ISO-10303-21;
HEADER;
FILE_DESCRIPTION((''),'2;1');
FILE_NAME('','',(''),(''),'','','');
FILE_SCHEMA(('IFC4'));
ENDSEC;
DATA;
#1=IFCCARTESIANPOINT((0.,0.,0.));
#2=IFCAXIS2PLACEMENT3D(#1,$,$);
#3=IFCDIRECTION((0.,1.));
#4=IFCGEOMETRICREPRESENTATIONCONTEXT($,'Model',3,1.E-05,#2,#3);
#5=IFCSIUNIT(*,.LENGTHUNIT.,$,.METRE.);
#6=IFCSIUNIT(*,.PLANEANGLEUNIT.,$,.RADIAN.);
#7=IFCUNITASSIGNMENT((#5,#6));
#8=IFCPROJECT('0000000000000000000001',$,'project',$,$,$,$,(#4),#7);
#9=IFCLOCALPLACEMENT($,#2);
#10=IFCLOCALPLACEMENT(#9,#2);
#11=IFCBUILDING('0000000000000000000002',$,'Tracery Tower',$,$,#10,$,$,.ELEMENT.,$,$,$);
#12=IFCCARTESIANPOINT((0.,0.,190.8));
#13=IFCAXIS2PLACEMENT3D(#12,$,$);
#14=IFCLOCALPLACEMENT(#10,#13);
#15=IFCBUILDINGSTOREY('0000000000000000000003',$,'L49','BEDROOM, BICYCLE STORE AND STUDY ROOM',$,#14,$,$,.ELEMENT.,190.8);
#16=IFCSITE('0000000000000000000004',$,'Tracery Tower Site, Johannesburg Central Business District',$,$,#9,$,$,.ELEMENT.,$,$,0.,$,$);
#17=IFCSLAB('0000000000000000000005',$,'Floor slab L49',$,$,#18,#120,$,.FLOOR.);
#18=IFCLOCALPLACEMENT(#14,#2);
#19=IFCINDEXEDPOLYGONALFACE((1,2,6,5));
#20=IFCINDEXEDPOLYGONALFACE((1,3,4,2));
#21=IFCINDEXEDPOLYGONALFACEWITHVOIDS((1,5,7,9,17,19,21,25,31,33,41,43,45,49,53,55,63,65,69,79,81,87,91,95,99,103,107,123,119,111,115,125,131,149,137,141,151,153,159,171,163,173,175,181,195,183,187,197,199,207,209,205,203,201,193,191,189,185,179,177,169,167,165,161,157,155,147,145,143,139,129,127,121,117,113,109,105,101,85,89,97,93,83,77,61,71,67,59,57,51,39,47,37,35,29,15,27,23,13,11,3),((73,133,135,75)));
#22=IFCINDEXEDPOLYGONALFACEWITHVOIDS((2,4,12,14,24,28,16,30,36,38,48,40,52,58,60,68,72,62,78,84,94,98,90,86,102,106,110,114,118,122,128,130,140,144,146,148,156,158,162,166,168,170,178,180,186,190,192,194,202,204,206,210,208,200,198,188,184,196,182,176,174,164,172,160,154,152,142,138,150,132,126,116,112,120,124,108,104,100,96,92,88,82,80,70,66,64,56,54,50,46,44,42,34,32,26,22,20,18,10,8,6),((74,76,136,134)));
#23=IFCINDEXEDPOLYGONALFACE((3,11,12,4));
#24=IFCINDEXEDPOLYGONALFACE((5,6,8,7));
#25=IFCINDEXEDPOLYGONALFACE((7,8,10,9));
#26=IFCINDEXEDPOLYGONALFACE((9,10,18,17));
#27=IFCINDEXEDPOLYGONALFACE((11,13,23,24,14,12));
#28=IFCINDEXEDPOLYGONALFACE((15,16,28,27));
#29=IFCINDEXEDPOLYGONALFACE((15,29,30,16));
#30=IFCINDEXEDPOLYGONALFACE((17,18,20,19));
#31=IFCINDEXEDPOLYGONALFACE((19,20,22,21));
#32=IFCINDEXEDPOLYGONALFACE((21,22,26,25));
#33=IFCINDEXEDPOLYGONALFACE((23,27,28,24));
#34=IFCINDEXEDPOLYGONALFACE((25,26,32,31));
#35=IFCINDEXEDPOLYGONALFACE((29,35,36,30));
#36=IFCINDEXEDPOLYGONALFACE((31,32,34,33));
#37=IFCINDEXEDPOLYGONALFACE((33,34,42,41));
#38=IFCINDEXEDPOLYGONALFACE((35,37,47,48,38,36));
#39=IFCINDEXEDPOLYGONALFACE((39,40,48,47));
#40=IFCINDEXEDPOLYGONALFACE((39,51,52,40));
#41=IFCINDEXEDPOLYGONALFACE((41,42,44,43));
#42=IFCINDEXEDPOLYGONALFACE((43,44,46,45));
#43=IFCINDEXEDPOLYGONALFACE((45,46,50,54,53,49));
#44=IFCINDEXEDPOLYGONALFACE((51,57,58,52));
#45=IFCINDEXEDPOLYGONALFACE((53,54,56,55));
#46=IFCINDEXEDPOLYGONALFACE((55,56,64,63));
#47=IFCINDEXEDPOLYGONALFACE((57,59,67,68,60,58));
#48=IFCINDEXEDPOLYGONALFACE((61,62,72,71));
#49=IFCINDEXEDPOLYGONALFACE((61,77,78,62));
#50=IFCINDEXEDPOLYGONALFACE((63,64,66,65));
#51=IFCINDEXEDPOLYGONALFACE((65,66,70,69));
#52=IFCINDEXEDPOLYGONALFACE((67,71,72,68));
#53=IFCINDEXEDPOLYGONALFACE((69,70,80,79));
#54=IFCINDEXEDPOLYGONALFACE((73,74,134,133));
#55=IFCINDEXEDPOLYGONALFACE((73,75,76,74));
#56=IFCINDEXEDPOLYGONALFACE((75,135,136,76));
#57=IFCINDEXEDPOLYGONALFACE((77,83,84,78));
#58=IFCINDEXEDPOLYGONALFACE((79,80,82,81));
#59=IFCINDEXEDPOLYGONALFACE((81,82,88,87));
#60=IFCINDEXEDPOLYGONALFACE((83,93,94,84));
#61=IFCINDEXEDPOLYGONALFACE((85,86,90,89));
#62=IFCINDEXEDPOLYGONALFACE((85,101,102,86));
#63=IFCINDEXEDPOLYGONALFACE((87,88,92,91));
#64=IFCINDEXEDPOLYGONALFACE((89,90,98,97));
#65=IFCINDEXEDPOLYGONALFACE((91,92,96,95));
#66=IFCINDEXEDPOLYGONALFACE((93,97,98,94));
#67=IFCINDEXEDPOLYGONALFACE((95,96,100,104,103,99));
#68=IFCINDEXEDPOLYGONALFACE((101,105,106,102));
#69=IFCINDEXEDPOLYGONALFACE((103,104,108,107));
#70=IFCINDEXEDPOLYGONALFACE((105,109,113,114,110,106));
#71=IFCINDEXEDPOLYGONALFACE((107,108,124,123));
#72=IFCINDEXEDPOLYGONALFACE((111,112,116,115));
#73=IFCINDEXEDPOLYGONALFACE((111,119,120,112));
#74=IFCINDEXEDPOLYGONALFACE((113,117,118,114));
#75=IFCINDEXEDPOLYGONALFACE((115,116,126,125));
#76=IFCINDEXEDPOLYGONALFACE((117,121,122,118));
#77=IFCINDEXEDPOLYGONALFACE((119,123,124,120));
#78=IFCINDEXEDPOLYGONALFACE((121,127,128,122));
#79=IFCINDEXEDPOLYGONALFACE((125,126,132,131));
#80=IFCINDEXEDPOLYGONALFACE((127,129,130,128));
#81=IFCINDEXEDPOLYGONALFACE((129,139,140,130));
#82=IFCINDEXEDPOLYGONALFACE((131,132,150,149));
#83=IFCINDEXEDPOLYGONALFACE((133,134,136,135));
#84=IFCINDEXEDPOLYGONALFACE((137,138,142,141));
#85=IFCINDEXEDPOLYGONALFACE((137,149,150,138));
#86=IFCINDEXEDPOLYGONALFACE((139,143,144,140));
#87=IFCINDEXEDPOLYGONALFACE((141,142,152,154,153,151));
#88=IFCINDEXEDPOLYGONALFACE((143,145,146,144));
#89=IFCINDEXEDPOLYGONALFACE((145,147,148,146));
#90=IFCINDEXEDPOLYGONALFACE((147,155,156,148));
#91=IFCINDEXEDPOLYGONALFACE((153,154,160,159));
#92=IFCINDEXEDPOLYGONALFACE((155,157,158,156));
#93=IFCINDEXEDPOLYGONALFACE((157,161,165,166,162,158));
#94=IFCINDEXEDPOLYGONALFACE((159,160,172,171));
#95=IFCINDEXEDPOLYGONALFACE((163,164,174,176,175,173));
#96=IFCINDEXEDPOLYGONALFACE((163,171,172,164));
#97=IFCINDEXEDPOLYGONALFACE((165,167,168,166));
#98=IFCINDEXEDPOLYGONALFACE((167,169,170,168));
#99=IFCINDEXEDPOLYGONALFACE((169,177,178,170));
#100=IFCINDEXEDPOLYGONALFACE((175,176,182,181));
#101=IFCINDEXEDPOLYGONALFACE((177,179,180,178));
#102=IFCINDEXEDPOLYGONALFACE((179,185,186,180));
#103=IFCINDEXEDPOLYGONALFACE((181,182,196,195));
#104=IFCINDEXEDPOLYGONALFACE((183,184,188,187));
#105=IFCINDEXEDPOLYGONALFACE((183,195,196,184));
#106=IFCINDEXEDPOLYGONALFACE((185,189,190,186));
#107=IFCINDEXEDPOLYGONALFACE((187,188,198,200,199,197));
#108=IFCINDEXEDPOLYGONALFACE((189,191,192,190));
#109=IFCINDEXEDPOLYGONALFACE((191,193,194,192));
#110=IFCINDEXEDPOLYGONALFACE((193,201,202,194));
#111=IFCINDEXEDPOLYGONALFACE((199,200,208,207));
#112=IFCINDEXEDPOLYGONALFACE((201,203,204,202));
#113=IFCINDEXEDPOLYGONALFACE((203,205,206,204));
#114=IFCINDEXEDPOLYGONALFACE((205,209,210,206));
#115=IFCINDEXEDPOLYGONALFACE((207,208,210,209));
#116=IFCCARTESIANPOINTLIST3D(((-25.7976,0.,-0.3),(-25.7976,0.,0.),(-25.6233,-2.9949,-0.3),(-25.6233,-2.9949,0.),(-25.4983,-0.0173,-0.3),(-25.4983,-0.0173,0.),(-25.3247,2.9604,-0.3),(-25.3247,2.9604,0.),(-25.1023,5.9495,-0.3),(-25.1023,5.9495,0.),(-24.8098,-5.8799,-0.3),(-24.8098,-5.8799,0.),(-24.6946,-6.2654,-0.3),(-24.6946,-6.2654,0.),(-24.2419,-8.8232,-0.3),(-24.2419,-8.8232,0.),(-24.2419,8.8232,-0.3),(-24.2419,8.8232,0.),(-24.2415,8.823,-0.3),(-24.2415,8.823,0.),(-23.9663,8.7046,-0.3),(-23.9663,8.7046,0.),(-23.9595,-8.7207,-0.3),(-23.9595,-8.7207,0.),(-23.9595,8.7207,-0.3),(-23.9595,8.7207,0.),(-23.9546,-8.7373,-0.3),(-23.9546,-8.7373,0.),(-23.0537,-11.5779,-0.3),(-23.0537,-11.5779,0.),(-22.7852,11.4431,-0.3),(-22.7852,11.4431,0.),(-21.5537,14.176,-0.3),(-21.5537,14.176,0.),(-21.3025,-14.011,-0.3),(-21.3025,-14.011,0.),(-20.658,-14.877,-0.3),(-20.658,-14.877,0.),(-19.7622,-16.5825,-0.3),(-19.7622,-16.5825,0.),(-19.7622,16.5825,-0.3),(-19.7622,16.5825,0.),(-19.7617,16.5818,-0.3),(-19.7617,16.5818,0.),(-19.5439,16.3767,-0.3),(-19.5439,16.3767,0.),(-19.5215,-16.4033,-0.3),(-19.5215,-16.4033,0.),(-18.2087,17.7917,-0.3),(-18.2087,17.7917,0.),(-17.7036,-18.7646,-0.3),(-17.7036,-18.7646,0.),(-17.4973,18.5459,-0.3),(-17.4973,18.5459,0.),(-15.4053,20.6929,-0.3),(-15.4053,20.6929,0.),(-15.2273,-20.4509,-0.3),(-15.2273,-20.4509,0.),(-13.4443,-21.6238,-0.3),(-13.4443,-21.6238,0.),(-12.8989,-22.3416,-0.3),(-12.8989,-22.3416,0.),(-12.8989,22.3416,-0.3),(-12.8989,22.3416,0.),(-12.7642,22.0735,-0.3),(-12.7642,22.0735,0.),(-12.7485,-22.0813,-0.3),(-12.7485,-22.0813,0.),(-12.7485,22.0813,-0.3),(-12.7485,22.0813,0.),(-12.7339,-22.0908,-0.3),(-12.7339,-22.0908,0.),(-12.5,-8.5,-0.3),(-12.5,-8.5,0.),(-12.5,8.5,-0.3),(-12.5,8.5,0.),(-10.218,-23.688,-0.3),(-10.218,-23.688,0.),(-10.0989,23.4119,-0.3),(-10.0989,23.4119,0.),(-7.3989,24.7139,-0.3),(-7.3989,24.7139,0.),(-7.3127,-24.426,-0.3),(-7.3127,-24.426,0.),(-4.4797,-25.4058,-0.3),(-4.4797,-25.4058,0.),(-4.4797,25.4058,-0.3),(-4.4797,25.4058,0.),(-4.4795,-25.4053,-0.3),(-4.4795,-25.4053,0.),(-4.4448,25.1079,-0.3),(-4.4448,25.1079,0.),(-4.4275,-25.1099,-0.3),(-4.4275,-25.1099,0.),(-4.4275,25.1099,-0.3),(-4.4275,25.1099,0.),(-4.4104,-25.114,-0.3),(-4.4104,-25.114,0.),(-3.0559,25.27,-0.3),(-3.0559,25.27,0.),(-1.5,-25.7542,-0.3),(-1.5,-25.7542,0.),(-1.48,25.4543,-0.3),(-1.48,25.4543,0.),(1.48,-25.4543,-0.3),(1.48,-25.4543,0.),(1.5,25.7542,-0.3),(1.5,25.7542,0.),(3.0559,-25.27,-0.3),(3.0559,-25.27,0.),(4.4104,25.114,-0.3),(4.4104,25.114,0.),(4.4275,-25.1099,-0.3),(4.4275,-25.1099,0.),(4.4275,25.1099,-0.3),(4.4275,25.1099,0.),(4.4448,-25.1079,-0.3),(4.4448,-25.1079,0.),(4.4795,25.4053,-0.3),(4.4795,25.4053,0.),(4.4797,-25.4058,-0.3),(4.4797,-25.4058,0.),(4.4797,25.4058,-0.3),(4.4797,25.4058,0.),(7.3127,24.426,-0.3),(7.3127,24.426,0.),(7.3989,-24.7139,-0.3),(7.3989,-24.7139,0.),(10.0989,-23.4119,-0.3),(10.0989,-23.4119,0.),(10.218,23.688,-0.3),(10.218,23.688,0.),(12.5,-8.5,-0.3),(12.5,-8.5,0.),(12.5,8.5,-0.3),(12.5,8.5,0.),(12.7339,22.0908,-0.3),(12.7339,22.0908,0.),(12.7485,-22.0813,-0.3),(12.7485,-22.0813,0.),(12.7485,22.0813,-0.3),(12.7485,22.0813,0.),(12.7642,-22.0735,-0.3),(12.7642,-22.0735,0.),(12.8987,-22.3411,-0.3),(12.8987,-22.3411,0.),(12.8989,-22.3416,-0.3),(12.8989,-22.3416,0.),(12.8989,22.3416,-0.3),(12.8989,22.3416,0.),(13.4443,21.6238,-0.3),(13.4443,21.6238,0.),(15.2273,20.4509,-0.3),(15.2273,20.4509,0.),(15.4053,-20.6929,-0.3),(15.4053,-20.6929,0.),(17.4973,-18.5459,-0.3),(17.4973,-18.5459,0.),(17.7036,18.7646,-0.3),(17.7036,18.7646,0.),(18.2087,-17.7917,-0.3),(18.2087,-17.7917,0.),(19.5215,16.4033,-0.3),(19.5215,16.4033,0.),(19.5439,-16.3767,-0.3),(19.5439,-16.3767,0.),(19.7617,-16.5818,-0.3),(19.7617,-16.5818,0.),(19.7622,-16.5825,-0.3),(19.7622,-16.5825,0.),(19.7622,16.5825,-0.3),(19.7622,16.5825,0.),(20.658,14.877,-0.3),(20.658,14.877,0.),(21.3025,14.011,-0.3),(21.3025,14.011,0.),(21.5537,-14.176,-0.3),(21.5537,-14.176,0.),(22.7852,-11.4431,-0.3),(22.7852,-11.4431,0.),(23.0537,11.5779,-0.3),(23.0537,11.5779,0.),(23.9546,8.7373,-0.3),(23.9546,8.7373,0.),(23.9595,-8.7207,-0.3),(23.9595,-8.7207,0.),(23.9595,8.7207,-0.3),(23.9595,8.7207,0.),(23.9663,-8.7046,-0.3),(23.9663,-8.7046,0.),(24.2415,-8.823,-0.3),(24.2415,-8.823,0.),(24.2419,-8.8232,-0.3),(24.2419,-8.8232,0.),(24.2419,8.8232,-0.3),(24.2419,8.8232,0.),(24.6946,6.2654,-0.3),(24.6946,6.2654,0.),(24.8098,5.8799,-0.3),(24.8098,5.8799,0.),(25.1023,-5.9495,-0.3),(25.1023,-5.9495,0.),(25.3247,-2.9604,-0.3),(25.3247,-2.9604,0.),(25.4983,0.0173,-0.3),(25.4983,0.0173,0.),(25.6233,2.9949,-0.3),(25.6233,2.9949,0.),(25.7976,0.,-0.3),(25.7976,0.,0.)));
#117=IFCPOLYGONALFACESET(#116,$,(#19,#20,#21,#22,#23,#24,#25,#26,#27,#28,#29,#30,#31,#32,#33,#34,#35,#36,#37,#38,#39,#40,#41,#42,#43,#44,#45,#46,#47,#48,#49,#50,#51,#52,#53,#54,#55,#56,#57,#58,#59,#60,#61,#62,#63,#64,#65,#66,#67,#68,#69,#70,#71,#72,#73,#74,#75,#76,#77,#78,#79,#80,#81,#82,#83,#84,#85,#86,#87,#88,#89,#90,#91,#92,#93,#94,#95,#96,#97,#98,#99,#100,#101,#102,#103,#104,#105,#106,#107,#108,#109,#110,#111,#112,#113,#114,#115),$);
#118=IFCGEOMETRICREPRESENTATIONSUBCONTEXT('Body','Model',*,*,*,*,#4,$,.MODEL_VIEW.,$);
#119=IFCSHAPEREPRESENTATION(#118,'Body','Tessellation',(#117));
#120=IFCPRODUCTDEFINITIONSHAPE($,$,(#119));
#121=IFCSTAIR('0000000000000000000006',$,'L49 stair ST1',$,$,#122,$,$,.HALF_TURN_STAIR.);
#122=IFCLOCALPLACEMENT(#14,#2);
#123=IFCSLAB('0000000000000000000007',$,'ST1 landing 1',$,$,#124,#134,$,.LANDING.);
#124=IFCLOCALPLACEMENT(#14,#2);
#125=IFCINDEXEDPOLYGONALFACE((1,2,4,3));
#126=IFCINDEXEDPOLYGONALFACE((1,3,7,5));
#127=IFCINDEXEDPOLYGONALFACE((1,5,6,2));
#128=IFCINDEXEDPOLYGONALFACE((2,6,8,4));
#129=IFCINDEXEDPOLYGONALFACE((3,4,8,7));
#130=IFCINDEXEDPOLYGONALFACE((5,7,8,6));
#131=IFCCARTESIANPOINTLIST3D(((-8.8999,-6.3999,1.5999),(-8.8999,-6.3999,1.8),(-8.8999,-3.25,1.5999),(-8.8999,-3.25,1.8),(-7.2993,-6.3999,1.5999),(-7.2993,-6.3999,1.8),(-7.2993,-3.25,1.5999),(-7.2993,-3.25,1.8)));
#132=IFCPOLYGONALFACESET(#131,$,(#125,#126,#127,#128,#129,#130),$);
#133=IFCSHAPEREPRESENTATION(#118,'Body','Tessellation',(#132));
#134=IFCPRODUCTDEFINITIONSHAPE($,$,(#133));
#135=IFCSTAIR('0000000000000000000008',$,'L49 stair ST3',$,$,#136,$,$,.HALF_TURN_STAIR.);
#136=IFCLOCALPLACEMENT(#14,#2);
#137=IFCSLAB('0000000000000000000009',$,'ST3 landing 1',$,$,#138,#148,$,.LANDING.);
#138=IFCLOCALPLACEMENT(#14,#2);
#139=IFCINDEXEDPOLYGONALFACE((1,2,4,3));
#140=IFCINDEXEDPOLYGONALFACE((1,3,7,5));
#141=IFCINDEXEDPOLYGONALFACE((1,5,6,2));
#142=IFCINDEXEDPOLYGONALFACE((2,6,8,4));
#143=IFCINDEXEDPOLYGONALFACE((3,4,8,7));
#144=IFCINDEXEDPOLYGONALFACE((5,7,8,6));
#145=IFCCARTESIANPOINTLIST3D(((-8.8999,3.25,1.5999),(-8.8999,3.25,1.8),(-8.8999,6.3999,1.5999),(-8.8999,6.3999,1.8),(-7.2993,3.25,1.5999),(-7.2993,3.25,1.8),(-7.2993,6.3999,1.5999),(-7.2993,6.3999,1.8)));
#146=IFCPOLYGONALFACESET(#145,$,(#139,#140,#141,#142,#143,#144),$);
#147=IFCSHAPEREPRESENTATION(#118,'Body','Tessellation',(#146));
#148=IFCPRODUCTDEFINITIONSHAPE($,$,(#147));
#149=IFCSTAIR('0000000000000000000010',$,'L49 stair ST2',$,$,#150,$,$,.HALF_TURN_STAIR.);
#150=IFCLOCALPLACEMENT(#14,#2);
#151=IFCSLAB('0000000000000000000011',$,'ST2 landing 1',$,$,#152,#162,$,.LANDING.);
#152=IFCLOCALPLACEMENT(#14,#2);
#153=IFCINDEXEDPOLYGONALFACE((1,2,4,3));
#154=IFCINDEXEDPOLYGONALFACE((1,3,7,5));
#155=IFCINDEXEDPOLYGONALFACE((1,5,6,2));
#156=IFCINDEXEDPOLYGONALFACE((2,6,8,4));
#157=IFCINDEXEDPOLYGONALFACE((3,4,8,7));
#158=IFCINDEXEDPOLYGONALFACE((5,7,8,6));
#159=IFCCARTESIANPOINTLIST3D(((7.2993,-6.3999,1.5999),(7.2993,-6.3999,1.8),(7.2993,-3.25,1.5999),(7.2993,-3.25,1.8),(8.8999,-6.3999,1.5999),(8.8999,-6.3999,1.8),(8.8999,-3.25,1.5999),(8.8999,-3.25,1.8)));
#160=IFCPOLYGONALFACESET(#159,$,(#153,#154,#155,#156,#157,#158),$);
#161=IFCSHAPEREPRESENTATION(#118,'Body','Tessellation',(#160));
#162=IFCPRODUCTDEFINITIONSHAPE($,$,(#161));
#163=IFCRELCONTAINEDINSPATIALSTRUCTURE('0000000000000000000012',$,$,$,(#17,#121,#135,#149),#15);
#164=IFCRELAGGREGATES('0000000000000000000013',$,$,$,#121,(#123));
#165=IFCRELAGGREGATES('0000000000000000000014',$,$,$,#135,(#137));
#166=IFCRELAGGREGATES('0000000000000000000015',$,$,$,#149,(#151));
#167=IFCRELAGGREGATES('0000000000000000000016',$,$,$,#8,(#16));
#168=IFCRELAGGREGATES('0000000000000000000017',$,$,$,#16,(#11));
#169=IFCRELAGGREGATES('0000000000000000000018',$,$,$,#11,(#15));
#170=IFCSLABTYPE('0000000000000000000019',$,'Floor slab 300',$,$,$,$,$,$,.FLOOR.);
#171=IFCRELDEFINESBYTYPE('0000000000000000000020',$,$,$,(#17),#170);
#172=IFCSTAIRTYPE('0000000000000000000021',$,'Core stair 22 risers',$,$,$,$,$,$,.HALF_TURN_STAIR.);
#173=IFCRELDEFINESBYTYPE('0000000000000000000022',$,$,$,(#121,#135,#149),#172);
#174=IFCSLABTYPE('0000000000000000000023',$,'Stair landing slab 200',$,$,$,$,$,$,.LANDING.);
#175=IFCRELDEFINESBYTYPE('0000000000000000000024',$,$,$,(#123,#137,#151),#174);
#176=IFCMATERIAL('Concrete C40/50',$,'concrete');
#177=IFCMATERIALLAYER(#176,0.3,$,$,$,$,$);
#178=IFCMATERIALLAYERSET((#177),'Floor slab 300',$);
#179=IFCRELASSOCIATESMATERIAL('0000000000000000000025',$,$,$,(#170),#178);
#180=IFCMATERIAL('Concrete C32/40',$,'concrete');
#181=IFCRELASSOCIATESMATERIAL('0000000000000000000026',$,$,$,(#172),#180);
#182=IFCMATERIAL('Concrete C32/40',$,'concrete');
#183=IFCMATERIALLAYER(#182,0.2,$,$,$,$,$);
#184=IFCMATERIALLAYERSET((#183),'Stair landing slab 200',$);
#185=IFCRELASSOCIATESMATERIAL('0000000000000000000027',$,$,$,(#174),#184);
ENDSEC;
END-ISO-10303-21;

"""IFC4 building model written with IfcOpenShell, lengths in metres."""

from ifc_helpers import new_model, si_unit, direction, frame, origin, place, context, subcontext, project, spatial, polyline, outline, extrude, material, layer, layer_set, type_object, element, aggregate, save


model = new_model("IFC4")

# Units and contexts
model_context = context("Model", 3, precision=1e-05, world=origin(), true_north=direction((0.0, 1.0)))
body_context = subcontext(model_context, "Body", "Model", "MODEL_VIEW")
ifc_project = project(units=[si_unit("LENGTHUNIT", "METRE"), si_unit("PLANEANGLEUNIT", "RADIAN")], contexts=[model_context])

# Site, building, storey
site_placement = place(None, origin())
site = spatial("IfcSite", under=ifc_project, at=site_placement, Name="Tracery Tower Site, Johannesburg Central Business District", CompositionType="ELEMENT", RefElevation=0.0)
building_placement = place(site_placement, origin())
building = spatial("IfcBuilding", under=site, at=building_placement, Name="Tracery Tower", CompositionType="ELEMENT")
storey_placement = place(building_placement, frame((0.0, 0.0, 190.8)))
storey = spatial("IfcBuildingStorey", under=building, at=storey_placement, Name="L49", Description="BEDROOM, BICYCLE STORE AND STUDY ROOM", CompositionType="ELEMENT", Elevation=190.8)

# Slab
ifc_material_1 = material(Name="Concrete C40/50", Category="concrete")
ifc_layer_1 = layer(ifc_material_1, 0.3)
ifc_layer_set_1 = layer_set([ifc_layer_1], Name="Floor slab 300")
slab_type_1 = type_object("IfcSlabType", Name="Floor slab 300", PredefinedType="FLOOR", material=ifc_layer_set_1)
slab_1_placement = place(storey_placement, frame((0.0, 0.0, -0.3)))
element("IfcSlab", 1, at=slab_1_placement, inside=storey, type_object=slab_type_1, Name="Floor slab L49", PredefinedType="FLOOR", context=body_context, shape_type="SweptSolid", body=[
    extrude(outline(polyline([(24.8098, 5.8799), (24.6946, 6.2654), (23.9595, 8.7207), (23.9595, 8.7207), (23.9546, 8.7373), (24.2419, 8.8232), (23.0537, 11.5779), (21.3025, 14.011), (20.658, 14.877), (19.5215, 16.4033), (19.7622, 16.5825), (17.7036, 18.7646), (15.2273, 20.4509), (13.4443, 21.6238), (12.7485, 22.0813), (12.7485, 22.0813), (12.7339, 22.0908), (12.8989, 22.3416), (10.218, 23.688), (7.3127, 24.426), (4.4275, 25.1099), (4.4275, 25.1099), (4.4104, 25.114), (4.4795, 25.4053), (4.4797, 25.4058), (1.5, 25.7542), (-1.48, 25.4543), (-3.0559, 25.27), (-4.4275, 25.1099), (-4.4275, 25.1099), (-4.4448, 25.1079), (-4.4797, 25.4058), (-7.3989, 24.7139), (-10.0989, 23.4119), (-12.7485, 22.0813), (-12.7485, 22.0813), (-12.7642, 22.0735), (-12.8989, 22.3416), (-15.4053, 20.6929), (-17.4973, 18.5459), (-18.2087, 17.7917), (-19.5439, 16.3767), (-19.7617, 16.5818), (-19.7622, 16.5825), (-21.5537, 14.176), (-22.7852, 11.4431), (-23.9595, 8.7207), (-23.9595, 8.7207), (-23.9663, 8.7046), (-24.2415, 8.823), (-24.2419, 8.8232), (-25.1023, 5.9495), (-25.3247, 2.9604), (-25.4983, -0.0173), (-25.7976, 0.0), (-25.7976, 0.0), (-25.6233, -2.9949), (-24.8098, -5.8799), (-24.6946, -6.2654), (-23.9595, -8.7207), (-23.9595, -8.7207), (-23.9546, -8.7373), (-24.2419, -8.8232), (-23.0537, -11.5779), (-21.3025, -14.011), (-20.658, -14.877), (-19.5215, -16.4033), (-19.7622, -16.5825), (-17.7036, -18.7646), (-15.2273, -20.4509), (-13.4443, -21.6238), (-12.7485, -22.0813), (-12.7485, -22.0813), (-12.7339, -22.0908), (-12.8989, -22.3416), (-10.218, -23.688), (-7.3127, -24.426), (-4.4275, -25.1099), (-4.4275, -25.1099), (-4.4104, -25.114), (-4.4795, -25.4053), (-4.4797, -25.4058), (-1.5, -25.7542), (1.48, -25.4543), (3.0559, -25.27), (4.4275, -25.1099), (4.4275, -25.1099), (4.4448, -25.1079), (4.4797, -25.4058), (7.3989, -24.7139), (10.0989, -23.4119), (12.7485, -22.0813), (12.7485, -22.0813), (12.7642, -22.0735), (12.8987, -22.3411), (12.8989, -22.3416), (15.4053, -20.6929), (17.4973, -18.5459), (18.2087, -17.7917), (19.5439, -16.3767), (19.7617, -16.5818), (19.7622, -16.5825), (21.5537, -14.176), (22.7852, -11.4431), (23.9595, -8.7207), (23.9595, -8.7207), (23.9663, -8.7046), (24.2415, -8.823), (24.2419, -8.8232), (25.1023, -5.9495), (25.3247, -2.9604), (25.4983, 0.0173), (25.7976, 0.0), (25.6233, 2.9949), (24.8098, 5.8799)]), holes=[polyline([(-12.5, -8.5), (12.5, -8.5), (12.5, 8.5), (-12.5, 8.5), (-12.5, -8.5)])]), origin(), (0.0, 0.0, 1.0), 0.3),
])

# Stairs, slabs
ifc_material_2 = material(Name="Concrete C32/40", Category="concrete")
stair_type = type_object("IfcStairType", Name="Core stair 22 risers", PredefinedType="HALF_TURN_STAIR", material=ifc_material_2)
stair_1_placement = place(storey_placement, origin())
stair_1 = element("IfcStair", 2, at=stair_1_placement, inside=storey, type_object=stair_type, Name="L49 stair ST1", PredefinedType="HALF_TURN_STAIR")
ifc_material_3 = material(Name="Concrete C32/40", Category="concrete")
ifc_layer_2 = layer(ifc_material_3, 0.2)
ifc_layer_set_2 = layer_set([ifc_layer_2], Name="Stair landing slab 200")
slab_type_2 = type_object("IfcSlabType", Name="Stair landing slab 200", PredefinedType="LANDING", material=ifc_layer_set_2)
slab_2_placement = place(storey_placement, frame((0.0, 0.0, 1.5999)))
slab_2 = element("IfcSlab", 3, at=slab_2_placement, type_object=slab_type_2, Name="ST1 landing 1", PredefinedType="LANDING", context=body_context, shape_type="SweptSolid", body=[
    extrude(outline(polyline([(-7.2993, -3.25), (-8.8999, -3.25), (-8.8999, -6.3999), (-7.2993, -6.3999), (-7.2993, -3.25)])), origin(), (0.0, 0.0, 1.0), 0.2002),
])
aggregate(stair_1, [slab_2])
stair_2_placement = place(storey_placement, origin())
stair_2 = element("IfcStair", 4, at=stair_2_placement, inside=storey, type_object=stair_type, Name="L49 stair ST3", PredefinedType="HALF_TURN_STAIR")
slab_3_placement = place(storey_placement, frame((0.0, 0.0, 1.5999)))
slab_3 = element("IfcSlab", 5, at=slab_3_placement, type_object=slab_type_2, Name="ST3 landing 1", PredefinedType="LANDING", context=body_context, shape_type="SweptSolid", body=[
    extrude(outline(polyline([(-7.2993, 6.3999), (-8.8999, 6.3999), (-8.8999, 3.25), (-7.2993, 3.25), (-7.2993, 6.3999)])), origin(), (0.0, 0.0, 1.0), 0.2002),
])
aggregate(stair_2, [slab_3])
stair_3_placement = place(storey_placement, origin())
stair_3 = element("IfcStair", 6, at=stair_3_placement, inside=storey, type_object=stair_type, Name="L49 stair ST2", PredefinedType="HALF_TURN_STAIR")
slab_4_placement = place(storey_placement, frame((0.0, 0.0, 1.5999)))
slab_4 = element("IfcSlab", 7, at=slab_4_placement, type_object=slab_type_2, Name="ST2 landing 1", PredefinedType="LANDING", context=body_context, shape_type="SweptSolid", body=[
    extrude(outline(polyline([(7.2993, -6.3999), (8.8999, -6.3999), (8.8999, -3.25), (7.2993, -3.25), (7.2993, -6.3999)])), origin(), (0.0, 0.0, 1.0), 0.2002),
])
aggregate(stair_3, [slab_4])

save(model, "model.ifc")
